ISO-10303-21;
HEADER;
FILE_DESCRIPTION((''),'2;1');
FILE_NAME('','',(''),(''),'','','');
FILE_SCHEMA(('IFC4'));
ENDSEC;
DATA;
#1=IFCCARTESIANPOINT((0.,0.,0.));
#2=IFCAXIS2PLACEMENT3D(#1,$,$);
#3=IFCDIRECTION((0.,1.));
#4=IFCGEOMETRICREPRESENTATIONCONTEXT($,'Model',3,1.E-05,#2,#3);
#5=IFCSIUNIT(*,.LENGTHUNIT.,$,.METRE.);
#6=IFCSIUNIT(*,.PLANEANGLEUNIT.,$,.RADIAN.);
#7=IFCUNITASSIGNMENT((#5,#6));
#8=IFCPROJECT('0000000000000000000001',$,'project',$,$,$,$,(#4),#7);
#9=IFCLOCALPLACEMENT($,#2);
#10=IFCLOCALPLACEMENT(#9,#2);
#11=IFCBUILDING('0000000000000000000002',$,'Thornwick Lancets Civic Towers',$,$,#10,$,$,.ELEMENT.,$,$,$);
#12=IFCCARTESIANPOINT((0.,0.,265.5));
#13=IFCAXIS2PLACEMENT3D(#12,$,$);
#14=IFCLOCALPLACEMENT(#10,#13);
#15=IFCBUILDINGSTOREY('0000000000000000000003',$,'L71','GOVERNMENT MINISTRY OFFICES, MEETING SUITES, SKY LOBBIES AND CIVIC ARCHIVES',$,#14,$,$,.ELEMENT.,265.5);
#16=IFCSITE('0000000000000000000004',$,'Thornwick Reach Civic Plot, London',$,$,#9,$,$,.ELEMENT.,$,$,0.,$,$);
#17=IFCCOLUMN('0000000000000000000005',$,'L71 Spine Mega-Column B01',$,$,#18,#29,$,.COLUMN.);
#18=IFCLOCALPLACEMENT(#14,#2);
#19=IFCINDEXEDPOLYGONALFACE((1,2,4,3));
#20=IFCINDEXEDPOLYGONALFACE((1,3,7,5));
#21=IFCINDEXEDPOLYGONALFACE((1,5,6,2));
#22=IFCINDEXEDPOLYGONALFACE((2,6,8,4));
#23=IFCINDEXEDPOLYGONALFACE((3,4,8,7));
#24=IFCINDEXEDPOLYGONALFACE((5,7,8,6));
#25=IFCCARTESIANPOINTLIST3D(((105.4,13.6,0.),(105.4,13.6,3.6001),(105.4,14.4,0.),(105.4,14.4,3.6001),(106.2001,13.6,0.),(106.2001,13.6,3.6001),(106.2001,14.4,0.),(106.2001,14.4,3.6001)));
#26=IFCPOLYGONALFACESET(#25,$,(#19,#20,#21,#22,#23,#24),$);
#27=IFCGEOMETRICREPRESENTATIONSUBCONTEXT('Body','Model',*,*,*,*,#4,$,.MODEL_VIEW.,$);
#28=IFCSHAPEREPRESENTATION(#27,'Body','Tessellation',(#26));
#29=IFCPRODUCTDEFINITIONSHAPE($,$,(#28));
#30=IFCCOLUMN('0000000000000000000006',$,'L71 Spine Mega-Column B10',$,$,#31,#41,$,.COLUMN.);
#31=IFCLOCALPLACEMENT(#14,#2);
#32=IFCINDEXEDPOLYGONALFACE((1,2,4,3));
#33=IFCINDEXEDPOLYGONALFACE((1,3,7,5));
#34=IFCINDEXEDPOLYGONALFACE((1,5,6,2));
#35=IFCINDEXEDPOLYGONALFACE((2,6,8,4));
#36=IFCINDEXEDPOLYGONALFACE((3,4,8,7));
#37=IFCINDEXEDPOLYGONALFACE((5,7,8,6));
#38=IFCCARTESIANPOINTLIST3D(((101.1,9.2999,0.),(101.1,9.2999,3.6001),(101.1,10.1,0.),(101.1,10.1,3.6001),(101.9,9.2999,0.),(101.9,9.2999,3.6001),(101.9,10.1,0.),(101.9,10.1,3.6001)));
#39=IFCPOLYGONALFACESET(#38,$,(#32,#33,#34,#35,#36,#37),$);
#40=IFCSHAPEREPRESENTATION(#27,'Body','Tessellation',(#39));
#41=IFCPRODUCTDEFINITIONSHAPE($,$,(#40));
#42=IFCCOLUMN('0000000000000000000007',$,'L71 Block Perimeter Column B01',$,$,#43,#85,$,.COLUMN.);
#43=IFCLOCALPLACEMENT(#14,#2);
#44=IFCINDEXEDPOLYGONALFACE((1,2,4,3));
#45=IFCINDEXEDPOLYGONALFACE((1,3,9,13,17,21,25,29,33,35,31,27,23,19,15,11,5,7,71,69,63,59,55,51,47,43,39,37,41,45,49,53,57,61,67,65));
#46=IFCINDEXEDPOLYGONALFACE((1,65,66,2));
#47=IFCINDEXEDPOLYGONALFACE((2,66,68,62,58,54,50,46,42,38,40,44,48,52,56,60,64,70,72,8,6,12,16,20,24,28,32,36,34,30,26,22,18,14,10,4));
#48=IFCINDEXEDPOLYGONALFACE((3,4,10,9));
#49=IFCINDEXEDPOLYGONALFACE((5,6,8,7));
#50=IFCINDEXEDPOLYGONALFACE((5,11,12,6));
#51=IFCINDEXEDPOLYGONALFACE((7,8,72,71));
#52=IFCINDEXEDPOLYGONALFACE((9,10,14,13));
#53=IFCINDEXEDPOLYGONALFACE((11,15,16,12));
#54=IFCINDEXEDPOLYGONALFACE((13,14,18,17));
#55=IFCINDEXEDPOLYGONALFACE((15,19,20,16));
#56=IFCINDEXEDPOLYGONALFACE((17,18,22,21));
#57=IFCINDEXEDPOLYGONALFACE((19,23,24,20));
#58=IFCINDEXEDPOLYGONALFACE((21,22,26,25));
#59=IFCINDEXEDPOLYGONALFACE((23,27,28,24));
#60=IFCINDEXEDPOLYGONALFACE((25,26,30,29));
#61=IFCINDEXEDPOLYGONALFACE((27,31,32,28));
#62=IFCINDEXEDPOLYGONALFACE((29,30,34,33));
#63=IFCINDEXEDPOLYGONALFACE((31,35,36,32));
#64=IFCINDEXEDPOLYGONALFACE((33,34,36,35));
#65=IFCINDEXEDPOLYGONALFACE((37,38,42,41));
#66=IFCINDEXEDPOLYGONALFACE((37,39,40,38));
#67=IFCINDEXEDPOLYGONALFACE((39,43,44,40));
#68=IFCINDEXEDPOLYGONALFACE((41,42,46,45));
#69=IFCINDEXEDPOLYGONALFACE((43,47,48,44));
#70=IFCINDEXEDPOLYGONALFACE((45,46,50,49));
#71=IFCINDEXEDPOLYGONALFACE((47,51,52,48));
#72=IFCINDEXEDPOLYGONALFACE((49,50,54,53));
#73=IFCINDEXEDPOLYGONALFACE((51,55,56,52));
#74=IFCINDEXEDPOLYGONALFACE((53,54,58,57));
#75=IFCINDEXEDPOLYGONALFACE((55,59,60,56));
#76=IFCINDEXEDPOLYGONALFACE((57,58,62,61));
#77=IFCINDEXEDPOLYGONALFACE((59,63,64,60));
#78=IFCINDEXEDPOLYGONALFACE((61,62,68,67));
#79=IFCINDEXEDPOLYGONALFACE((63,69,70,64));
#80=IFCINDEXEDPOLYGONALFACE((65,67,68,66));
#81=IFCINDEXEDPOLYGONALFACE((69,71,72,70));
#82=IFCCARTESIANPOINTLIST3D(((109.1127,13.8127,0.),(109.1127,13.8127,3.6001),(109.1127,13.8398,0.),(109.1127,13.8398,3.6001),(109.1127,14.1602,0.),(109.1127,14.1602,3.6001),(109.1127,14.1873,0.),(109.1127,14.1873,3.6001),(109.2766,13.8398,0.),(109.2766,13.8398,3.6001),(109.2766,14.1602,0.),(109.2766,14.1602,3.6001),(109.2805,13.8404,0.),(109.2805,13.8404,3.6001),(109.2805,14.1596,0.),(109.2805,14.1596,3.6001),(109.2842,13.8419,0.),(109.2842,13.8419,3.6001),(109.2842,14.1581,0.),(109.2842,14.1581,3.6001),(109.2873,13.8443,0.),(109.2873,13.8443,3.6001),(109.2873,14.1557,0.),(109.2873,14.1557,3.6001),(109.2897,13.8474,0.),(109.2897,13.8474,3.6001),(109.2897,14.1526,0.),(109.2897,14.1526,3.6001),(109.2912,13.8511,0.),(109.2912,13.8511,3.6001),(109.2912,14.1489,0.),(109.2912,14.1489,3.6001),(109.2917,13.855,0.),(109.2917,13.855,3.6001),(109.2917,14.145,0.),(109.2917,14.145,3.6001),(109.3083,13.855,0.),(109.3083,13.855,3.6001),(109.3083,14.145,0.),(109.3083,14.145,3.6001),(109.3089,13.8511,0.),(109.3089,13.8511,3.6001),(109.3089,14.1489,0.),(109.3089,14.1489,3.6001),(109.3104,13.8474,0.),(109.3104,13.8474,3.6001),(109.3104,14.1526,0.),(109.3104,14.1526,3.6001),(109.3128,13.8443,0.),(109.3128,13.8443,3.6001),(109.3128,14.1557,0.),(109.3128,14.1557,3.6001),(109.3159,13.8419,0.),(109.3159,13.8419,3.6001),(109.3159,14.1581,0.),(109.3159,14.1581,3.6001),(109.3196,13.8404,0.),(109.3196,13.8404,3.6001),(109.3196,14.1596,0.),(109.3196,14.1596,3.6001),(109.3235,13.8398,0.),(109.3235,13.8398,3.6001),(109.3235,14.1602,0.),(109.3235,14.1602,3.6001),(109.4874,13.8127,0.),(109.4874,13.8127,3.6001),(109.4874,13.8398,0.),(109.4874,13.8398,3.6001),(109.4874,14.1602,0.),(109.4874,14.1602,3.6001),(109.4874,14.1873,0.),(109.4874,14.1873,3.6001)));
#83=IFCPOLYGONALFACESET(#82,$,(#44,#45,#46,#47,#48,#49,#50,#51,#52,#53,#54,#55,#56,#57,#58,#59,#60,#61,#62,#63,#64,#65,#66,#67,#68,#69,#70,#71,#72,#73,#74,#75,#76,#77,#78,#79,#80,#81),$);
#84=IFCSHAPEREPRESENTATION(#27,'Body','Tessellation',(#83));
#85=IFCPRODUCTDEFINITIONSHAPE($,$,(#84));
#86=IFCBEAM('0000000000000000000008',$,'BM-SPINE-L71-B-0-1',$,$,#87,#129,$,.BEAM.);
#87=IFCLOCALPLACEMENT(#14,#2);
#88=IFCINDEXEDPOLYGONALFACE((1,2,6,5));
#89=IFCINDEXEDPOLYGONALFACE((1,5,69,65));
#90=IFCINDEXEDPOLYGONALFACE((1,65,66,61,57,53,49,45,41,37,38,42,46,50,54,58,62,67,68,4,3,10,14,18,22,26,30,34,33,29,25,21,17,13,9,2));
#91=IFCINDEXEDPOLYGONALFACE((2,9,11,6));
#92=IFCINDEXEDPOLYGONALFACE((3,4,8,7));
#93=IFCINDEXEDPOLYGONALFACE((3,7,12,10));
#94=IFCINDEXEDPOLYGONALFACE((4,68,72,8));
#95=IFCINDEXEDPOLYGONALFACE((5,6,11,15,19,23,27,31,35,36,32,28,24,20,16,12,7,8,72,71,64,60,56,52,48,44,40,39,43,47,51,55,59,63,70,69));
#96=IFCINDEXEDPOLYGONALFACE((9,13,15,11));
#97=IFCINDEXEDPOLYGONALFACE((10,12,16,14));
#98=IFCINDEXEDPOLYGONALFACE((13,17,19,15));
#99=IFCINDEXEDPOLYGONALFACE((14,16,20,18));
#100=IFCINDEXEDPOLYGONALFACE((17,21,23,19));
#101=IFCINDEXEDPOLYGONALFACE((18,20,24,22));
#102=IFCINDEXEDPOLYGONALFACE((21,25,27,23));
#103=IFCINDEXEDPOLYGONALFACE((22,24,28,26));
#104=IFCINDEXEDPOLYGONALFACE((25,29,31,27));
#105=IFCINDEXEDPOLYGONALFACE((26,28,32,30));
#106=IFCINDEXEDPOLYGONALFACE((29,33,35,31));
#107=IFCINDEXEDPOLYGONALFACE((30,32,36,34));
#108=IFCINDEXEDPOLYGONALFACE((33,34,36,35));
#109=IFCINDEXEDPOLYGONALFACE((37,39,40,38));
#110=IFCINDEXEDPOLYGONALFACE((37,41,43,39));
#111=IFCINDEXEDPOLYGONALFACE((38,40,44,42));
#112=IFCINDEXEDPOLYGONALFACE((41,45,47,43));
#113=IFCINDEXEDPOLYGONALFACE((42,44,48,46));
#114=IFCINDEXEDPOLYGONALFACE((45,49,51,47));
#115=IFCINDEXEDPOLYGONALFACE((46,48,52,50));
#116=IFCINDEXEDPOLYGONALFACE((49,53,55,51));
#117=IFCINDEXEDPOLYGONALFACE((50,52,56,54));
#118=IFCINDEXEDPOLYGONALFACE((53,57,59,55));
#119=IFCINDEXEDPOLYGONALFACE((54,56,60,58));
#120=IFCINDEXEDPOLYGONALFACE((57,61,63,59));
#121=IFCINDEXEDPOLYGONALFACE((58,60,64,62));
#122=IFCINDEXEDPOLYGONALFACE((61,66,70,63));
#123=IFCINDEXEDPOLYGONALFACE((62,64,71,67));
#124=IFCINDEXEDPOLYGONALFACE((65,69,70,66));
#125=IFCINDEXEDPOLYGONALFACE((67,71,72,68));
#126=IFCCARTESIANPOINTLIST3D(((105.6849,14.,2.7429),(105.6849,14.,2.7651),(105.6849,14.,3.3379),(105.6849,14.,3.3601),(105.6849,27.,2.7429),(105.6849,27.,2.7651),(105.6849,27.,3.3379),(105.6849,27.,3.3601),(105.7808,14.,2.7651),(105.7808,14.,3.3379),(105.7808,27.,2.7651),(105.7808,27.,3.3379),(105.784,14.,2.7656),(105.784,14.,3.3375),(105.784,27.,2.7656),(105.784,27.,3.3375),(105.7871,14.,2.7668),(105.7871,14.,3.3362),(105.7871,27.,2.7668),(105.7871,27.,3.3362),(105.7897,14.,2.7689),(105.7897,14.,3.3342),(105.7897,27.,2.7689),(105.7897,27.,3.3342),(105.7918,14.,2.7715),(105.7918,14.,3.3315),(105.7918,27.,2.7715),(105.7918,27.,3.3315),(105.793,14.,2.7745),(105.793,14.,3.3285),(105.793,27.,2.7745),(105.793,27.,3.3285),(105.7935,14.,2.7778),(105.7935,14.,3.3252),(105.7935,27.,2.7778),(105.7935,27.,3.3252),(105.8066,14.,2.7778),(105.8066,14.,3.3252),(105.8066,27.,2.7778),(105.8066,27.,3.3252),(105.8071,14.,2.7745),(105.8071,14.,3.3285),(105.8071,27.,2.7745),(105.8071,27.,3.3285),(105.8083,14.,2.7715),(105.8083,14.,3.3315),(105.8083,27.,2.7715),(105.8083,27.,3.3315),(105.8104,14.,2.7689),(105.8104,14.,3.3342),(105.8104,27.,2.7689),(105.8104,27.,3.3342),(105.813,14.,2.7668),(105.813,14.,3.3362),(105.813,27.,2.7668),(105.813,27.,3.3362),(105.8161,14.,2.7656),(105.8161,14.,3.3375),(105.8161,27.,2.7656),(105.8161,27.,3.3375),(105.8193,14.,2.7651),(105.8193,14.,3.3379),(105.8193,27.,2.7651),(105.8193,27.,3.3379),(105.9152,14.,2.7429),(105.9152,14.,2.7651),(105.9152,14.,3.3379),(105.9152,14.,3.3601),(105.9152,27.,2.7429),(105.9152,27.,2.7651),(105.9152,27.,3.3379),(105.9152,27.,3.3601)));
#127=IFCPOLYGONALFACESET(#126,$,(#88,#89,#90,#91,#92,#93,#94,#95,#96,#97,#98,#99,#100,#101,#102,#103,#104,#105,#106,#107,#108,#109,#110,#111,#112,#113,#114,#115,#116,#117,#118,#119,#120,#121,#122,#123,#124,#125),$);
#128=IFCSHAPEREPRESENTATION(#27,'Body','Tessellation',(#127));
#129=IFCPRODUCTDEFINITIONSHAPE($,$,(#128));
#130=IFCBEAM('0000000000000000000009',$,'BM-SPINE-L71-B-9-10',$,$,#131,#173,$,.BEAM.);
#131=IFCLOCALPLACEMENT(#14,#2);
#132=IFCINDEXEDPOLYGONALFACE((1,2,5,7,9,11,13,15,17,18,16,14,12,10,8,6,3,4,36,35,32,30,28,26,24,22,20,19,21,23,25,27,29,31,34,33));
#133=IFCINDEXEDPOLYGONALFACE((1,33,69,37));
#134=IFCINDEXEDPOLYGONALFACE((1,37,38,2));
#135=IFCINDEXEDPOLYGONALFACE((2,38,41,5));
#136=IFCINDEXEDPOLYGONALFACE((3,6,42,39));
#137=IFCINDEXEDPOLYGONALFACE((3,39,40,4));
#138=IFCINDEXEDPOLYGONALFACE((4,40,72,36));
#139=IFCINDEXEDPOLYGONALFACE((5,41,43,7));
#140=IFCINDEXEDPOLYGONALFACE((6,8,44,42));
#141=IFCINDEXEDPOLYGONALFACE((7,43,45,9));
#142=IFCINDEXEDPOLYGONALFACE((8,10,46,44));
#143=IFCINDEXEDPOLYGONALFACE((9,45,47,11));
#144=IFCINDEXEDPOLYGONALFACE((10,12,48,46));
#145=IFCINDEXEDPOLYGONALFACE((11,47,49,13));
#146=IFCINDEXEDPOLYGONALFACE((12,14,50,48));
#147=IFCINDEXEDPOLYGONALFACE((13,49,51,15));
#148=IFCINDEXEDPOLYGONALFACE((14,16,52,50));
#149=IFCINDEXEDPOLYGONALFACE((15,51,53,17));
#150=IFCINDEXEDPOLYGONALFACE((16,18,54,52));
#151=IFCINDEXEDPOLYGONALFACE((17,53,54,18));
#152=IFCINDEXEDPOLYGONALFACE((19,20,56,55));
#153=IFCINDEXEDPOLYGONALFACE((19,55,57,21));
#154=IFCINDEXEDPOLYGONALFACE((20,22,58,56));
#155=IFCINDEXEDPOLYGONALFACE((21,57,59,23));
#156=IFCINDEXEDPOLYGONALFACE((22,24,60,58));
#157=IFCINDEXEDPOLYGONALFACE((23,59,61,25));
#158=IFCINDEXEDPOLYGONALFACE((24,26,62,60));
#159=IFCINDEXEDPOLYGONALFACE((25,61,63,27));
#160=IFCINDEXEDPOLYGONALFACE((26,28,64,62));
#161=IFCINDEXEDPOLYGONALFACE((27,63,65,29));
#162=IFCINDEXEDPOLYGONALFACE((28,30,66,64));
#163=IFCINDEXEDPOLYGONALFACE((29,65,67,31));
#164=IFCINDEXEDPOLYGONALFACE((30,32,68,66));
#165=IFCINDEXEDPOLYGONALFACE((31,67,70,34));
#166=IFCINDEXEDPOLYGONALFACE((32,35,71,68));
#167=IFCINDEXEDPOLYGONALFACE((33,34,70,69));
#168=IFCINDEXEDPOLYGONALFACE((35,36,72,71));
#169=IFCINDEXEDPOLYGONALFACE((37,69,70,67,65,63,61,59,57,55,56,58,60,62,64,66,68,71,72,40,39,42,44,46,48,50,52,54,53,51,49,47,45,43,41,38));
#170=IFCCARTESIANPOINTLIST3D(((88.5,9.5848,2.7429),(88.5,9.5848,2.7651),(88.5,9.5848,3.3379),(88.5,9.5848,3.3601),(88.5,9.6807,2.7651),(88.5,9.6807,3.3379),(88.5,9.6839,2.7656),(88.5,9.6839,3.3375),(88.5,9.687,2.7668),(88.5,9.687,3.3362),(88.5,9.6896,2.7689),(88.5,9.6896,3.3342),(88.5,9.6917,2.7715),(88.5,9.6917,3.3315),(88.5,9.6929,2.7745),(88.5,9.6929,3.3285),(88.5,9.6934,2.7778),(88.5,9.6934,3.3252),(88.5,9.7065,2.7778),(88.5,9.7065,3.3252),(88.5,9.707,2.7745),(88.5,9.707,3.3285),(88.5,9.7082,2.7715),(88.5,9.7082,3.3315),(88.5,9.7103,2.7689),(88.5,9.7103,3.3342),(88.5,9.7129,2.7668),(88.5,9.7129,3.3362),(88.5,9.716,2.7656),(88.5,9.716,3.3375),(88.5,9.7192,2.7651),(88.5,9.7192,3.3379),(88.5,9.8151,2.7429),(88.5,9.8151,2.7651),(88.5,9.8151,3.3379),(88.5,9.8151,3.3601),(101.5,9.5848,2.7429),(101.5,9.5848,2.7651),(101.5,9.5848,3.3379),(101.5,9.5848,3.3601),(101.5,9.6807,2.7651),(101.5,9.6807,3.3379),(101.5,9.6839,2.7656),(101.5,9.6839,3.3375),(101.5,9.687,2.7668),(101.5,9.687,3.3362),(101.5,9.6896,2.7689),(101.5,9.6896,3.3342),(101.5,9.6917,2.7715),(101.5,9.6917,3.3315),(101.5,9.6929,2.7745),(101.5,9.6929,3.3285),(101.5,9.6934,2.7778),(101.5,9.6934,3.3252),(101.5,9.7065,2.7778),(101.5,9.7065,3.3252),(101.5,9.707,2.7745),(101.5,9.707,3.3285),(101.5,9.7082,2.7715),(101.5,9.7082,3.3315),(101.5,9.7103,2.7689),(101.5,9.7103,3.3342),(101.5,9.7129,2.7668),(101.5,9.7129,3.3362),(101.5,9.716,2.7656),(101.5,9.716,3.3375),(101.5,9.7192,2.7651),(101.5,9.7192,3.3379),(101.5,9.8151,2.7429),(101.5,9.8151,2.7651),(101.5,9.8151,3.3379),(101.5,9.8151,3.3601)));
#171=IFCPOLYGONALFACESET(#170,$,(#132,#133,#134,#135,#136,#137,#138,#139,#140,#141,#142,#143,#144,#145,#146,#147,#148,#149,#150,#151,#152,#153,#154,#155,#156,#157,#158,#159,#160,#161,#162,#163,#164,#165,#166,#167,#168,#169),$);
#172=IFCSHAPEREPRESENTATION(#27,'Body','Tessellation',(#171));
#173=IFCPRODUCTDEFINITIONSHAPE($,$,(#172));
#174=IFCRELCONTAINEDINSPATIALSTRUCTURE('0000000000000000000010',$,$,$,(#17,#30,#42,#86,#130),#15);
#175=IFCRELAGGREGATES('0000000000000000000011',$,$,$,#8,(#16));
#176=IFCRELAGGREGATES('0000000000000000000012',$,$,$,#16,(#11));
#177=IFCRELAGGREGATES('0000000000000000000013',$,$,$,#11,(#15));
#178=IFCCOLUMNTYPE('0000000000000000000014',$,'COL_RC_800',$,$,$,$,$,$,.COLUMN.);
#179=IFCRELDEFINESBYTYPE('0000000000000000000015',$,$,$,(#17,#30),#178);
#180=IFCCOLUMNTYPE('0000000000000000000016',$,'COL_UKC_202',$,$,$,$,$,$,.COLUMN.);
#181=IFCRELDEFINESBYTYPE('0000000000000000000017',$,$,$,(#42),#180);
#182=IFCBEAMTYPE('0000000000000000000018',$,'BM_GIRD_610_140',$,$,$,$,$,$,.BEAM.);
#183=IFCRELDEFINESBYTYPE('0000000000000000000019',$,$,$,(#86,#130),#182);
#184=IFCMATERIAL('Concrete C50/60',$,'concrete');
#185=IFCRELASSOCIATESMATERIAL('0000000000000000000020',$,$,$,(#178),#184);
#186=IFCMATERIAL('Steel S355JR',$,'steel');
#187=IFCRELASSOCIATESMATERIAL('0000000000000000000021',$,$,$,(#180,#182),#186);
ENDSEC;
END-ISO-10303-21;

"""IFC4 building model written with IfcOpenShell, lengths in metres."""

from ifc_helpers import new_model, si_unit, direction, frame, origin, origin_2d, place, context, subcontext, project, spatial, rectangle, i_section, extrude, material, material_profile, profile_set, type_object, element, save


model = new_model("IFC4")

# Units and contexts
model_context = context("Model", 3, precision=1e-05, world=origin(), true_north=direction((0.0, 1.0)))
body_context = subcontext(model_context, "Body", "Model", "MODEL_VIEW")
ifc_project = project(units=[si_unit("LENGTHUNIT", "METRE"), si_unit("PLANEANGLEUNIT", "RADIAN")], contexts=[model_context])

# Site, building, storey
site_placement = place(None, origin())
site = spatial("IfcSite", under=ifc_project, at=site_placement, Name="Thornwick Reach Civic Plot, London", CompositionType="ELEMENT", RefElevation=0.0)
building_placement = place(site_placement, origin())
building = spatial("IfcBuilding", under=site, at=building_placement, Name="Thornwick Lancets Civic Towers", CompositionType="ELEMENT")
storey_placement = place(building_placement, frame((0.0, 0.0, 265.5)))
storey = spatial("IfcBuildingStorey", under=building, at=storey_placement, Name="L71", Description="GOVERNMENT MINISTRY OFFICES, MEETING SUITES, SKY LOBBIES AND CIVIC ARCHIVES", CompositionType="ELEMENT", Elevation=265.5)

# Columns
ifc_material_1 = material(Name="Concrete C50/60", Category="concrete")
ifc_material_profile_1 = material_profile(ifc_material_1, rectangle(XDim=0.8, YDim=0.8, at=origin_2d()), Name="RC 800x800")
ifc_profile_set_1 = profile_set([ifc_material_profile_1], Name="Concrete C50/60")
column_type_1 = type_object("IfcColumnType", Name="COL_RC_800", PredefinedType="COLUMN", material=ifc_profile_set_1)
for number, where, z_axis, x_axis, name in (
    (1, (105.8, 14.0, 0.0), (0.0, 0.0, 1.0), (1.0, 0.0, 0.0), "L71 Spine Mega-Column B01"),
    (2, (101.5, 9.7, 0.0), (0.0, 0.0, 1.0), (1.0, 0.0, 0.0), "L71 Spine Mega-Column B10"),
):
    element("IfcColumn", number, at=place(storey_placement, frame(where, z_axis=z_axis, x_axis=x_axis)), inside=storey, type_object=column_type_1, Name=name, PredefinedType="COLUMN", context=body_context, shape_type="SweptSolid", body=[
        extrude(rectangle(XDim=0.8, YDim=0.8, at=origin_2d()), origin(), (0.0, 0.0, 1.0), 3.6001),
    ])
ifc_material_2 = material(Name="Steel S355JR", Category="steel")
ifc_material_profile_2 = material_profile(ifc_material_2, i_section(OverallWidth=0.3748, OverallDepth=0.3745, WebThickness=0.0166, FlangeThickness=0.0271, FilletRadius=0.0151, at=origin_2d()), Name="UKC 356x368x202")
ifc_profile_set_2 = profile_set([ifc_material_profile_2], Name="Steel S355JR")
column_type_2 = type_object("IfcColumnType", Name="COL_UKC_202", PredefinedType="COLUMN", material=ifc_profile_set_2)
column_placement = place(storey_placement, frame((109.3, 14.0, 0.0), z_axis=(0.0, 0.0, 1.0), x_axis=(1.0, 0.0, 0.0)))
element("IfcColumn", 3, at=column_placement, inside=storey, type_object=column_type_2, Name="L71 Block Perimeter Column B01", PredefinedType="COLUMN", context=body_context, shape_type="SweptSolid", body=[
    extrude(i_section(OverallWidth=0.3748, OverallDepth=0.3745, WebThickness=0.0166, FlangeThickness=0.0271, FilletRadius=0.0151, at=origin_2d()), origin(), (0.0, 0.0, 1.0), 3.6001),
])

# Beams
ifc_material_profile_3 = material_profile(ifc_material_2, i_section(OverallWidth=0.2302, OverallDepth=0.6172, WebThickness=0.0132, FlangeThickness=0.0222, FilletRadius=0.0127, at=origin_2d()), Name="UKB 610x229x140")
ifc_profile_set_3 = profile_set([ifc_material_profile_3], Name="Steel S355JR")
beam_type_1 = type_object("IfcBeamType", Name="BM_GIRD_610_140", PredefinedType="BEAM", material=ifc_profile_set_3)
for number, where, z_axis, x_axis, name in (
    (4, (105.8, 14.0, 3.0515), (0.0, 1.0, 0.0), (-1.0, 0.0, 0.0), "BM-SPINE-L71-B-0-1"),
    (5, (101.5, 9.7, 3.0515), (-1.0, 0.0, 0.0), (0.0, -1.0, 0.0), "BM-SPINE-L71-B-9-10"),
):
    element("IfcBeam", number, at=place(storey_placement, frame(where, z_axis=z_axis, x_axis=x_axis)), inside=storey, type_object=beam_type_1, Name=name, PredefinedType="BEAM", context=body_context, shape_type="SweptSolid", body=[
        extrude(i_section(OverallWidth=0.2302, OverallDepth=0.6172, WebThickness=0.0132, FlangeThickness=0.0222, FilletRadius=0.0127, at=origin_2d()), origin(), (0.0, 0.0, 1.0), 13.0),
    ])

save(model, "model.ifc")
